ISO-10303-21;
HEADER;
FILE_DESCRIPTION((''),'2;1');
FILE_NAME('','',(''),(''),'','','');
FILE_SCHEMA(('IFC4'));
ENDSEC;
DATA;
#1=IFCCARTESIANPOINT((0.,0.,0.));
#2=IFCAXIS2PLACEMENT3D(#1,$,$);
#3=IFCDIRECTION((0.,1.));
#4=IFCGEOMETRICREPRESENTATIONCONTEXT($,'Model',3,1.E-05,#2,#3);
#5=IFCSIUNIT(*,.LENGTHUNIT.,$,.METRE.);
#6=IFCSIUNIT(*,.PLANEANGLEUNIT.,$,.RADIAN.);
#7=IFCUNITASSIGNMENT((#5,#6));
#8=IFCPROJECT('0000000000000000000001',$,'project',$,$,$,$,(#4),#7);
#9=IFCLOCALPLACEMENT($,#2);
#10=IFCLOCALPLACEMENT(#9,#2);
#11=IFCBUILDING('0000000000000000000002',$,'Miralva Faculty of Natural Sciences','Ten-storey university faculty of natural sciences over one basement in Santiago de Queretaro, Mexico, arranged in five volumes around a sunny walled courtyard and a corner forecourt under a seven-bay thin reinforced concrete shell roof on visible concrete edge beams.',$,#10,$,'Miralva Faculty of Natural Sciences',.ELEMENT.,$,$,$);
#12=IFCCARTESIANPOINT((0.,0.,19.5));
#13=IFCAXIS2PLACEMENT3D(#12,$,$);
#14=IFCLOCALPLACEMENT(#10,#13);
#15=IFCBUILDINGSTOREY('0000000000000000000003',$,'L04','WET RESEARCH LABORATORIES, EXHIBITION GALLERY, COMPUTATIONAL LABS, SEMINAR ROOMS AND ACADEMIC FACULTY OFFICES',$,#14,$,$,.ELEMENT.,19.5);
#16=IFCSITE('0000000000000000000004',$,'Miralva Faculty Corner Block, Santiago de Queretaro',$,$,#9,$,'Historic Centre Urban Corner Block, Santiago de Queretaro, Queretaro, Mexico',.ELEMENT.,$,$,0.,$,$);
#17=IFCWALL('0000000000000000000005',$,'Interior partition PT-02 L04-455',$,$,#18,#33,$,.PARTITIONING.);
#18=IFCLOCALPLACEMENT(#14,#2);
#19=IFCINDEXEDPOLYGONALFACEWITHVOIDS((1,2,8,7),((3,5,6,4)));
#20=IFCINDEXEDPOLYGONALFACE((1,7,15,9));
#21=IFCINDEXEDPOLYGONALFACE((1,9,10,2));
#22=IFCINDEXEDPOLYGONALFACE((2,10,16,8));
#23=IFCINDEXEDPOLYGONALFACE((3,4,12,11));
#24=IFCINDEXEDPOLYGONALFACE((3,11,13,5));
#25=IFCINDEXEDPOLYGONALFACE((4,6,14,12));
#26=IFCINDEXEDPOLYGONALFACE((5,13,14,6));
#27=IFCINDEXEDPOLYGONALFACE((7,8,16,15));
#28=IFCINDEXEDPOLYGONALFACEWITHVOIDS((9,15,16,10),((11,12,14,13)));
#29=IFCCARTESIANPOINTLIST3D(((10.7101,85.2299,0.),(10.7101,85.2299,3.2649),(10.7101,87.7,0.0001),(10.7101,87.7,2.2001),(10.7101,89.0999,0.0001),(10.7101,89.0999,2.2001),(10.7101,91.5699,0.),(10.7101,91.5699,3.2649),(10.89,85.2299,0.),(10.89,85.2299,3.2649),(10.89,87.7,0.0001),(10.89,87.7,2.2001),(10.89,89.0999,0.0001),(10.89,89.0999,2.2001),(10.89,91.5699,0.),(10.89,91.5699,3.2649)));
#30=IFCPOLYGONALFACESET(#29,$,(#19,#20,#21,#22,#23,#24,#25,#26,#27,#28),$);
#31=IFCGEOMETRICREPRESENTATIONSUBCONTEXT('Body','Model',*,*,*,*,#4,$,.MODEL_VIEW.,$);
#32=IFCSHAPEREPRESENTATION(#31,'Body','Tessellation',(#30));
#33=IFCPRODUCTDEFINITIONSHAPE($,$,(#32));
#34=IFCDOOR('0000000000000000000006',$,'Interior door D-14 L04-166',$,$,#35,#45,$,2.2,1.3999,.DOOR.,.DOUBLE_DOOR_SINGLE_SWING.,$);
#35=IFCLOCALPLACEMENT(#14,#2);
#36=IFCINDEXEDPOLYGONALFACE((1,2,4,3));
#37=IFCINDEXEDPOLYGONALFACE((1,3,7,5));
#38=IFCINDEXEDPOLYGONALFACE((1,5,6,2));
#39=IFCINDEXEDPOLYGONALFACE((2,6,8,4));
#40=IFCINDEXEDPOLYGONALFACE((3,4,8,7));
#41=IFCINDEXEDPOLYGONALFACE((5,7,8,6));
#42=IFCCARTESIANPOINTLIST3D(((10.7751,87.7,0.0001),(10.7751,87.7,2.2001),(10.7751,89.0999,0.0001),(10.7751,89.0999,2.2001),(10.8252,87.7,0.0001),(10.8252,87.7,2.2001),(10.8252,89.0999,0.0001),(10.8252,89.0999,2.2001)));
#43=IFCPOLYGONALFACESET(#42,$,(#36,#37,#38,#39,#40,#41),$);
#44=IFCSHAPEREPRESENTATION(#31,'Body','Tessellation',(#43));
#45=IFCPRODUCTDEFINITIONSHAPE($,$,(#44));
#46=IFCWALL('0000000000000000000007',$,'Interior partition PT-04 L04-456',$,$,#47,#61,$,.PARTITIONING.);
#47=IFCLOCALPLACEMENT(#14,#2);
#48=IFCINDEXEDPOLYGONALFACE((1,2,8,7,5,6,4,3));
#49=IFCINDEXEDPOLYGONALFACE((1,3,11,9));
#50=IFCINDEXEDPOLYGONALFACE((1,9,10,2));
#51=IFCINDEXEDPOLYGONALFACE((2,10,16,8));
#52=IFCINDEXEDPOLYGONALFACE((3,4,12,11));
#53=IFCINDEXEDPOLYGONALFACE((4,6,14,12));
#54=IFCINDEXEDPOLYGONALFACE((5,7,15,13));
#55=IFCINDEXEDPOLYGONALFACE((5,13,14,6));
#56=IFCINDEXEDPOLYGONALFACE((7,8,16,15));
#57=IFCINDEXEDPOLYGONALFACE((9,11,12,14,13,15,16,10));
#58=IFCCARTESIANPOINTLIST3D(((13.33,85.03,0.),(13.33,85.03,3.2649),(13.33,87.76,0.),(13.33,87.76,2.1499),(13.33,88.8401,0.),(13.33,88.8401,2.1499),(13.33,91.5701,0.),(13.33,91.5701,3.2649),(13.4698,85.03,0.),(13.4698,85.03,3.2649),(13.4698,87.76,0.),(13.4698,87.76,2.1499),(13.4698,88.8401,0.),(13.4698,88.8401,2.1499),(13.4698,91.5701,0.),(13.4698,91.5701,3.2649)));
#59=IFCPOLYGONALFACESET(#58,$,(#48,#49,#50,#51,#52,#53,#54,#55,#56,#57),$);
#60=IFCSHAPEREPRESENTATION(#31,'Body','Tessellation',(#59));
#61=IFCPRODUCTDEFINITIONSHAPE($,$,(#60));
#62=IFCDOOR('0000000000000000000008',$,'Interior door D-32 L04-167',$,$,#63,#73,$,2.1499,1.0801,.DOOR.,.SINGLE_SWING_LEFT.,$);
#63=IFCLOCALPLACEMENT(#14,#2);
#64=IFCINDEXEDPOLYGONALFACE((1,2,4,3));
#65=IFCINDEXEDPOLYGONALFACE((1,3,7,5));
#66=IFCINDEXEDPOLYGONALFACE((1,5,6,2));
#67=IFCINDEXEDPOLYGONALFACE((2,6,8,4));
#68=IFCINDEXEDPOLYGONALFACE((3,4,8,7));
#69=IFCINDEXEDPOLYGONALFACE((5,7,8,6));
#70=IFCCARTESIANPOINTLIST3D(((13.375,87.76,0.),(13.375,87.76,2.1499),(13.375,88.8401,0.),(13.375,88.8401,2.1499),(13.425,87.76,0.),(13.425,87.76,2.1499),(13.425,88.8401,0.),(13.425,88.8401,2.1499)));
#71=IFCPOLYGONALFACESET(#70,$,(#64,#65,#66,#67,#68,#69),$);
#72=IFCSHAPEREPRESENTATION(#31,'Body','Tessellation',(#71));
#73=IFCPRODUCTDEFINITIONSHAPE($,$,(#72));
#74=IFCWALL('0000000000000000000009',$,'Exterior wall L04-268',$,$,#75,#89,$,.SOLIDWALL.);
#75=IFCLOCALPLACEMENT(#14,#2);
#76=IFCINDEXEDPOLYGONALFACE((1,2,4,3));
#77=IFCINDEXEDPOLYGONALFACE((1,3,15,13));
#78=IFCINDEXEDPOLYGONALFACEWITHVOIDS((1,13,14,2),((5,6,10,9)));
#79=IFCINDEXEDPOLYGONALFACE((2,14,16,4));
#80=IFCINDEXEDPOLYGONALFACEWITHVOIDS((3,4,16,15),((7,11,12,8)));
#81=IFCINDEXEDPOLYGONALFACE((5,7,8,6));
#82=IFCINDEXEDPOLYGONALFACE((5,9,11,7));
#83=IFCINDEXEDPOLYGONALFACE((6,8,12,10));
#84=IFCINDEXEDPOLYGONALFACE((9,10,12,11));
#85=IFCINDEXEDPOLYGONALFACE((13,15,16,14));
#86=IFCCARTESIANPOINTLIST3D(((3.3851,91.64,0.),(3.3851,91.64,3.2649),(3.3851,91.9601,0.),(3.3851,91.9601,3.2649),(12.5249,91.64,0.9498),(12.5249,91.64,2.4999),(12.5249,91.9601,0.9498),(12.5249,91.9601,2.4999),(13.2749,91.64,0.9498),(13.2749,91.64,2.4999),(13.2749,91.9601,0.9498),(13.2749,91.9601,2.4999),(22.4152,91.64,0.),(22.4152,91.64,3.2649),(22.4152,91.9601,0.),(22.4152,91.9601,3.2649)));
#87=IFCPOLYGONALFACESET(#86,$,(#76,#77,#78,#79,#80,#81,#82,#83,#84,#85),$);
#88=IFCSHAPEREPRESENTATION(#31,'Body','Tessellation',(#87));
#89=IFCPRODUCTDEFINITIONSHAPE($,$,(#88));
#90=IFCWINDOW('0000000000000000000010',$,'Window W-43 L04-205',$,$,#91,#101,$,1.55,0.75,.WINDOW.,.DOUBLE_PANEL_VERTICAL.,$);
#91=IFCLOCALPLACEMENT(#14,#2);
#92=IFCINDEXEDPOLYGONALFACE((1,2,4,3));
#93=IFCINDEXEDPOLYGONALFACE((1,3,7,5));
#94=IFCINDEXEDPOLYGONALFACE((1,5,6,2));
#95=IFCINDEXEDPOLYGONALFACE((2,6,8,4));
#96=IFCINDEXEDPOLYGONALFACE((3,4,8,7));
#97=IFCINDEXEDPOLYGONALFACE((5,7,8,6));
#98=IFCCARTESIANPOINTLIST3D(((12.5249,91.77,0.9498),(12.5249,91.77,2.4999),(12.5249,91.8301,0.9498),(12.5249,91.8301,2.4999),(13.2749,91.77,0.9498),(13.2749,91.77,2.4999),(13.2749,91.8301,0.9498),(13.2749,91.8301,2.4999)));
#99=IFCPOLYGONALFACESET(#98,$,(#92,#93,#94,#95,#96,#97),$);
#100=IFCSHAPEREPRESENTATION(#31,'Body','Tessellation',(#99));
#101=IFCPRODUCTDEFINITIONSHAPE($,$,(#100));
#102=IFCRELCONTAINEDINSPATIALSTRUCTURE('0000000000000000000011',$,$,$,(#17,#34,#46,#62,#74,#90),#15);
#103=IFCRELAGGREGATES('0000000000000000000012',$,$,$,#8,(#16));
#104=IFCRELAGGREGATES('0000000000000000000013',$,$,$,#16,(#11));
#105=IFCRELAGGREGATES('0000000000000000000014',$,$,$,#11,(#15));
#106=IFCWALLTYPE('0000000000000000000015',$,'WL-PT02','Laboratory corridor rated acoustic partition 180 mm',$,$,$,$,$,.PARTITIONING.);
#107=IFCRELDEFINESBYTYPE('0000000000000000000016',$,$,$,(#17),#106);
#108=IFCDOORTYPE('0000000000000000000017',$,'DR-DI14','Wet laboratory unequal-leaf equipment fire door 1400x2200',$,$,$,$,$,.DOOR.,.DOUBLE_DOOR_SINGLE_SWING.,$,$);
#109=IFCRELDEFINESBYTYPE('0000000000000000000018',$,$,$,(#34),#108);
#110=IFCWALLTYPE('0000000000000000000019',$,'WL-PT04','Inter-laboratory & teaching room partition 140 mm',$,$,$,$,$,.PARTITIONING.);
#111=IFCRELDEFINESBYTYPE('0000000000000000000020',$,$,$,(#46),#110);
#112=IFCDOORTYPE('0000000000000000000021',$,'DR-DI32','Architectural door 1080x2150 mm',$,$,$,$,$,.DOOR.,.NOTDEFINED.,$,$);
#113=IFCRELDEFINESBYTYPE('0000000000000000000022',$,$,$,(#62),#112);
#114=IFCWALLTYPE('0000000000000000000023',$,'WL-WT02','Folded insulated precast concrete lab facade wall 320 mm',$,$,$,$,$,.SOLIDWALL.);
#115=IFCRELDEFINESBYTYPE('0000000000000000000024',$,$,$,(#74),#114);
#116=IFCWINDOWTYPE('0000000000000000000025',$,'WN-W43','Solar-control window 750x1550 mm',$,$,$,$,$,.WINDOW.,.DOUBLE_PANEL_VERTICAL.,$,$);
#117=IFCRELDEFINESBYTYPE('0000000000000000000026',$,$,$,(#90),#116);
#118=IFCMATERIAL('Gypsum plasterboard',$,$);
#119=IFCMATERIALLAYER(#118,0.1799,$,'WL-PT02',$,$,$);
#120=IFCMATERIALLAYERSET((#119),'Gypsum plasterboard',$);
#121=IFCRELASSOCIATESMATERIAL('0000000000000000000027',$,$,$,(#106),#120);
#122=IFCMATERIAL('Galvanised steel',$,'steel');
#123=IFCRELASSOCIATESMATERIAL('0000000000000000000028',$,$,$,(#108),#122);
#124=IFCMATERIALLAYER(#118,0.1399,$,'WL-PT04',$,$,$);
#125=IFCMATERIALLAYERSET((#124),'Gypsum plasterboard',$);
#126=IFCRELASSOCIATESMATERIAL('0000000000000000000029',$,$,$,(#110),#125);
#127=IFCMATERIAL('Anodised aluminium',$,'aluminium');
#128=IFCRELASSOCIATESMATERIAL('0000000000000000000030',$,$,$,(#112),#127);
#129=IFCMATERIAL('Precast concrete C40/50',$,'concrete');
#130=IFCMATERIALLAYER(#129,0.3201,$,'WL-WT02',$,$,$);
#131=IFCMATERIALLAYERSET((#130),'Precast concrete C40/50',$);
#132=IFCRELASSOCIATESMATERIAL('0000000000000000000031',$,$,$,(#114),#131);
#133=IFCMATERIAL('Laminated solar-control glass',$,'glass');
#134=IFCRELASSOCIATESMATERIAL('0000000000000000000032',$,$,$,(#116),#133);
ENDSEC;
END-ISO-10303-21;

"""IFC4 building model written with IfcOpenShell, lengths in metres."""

from ifc_helpers import new_model, si_unit, direction, frame, frame_2d, origin, place, context, subcontext, project, spatial, rectangle, extrude, material, layer, layer_set, type_object, element, fill, save


model = new_model("IFC4")

# Units and contexts
model_context = context("Model", 3, precision=1e-05, world=origin(), true_north=direction((0.0, 1.0)))
body_context = subcontext(model_context, "Body", "Model", "MODEL_VIEW")
ifc_project = project(units=[si_unit("LENGTHUNIT", "METRE"), si_unit("PLANEANGLEUNIT", "RADIAN")], contexts=[model_context])

# Site, building, storey
site_placement = place(None, origin())
site = spatial("IfcSite", under=ifc_project, at=site_placement, Name="Miralva Faculty Corner Block, Santiago de Queretaro", LongName="Historic Centre Urban Corner Block, Santiago de Queretaro, Queretaro, Mexico", CompositionType="ELEMENT", RefElevation=0.0)
building_placement = place(site_placement, origin())
building = spatial("IfcBuilding", under=site, at=building_placement, Name="Miralva Faculty of Natural Sciences", Description="Ten-storey university faculty of natural sciences over one basement in Santiago de Queretaro, Mexico, arranged in five volumes around a sunny walled courtyard and a corner forecourt under a seven-bay thin reinforced concrete shell roof on visible concrete edge beams.", LongName="Miralva Faculty of Natural Sciences", CompositionType="ELEMENT")
storey_placement = place(building_placement, frame((0.0, 0.0, 19.5)))
storey = spatial("IfcBuildingStorey", under=building, at=storey_placement, Name="L04", Description="WET RESEARCH LABORATORIES, EXHIBITION GALLERY, COMPUTATIONAL LABS, SEMINAR ROOMS AND ACADEMIC FACULTY OFFICES", CompositionType="ELEMENT", Elevation=19.5)

# Shared definitions
ifc_material_1 = material(Name="Precast concrete C40/50", Category="concrete")
ifc_material_2 = material(Name="Gypsum plasterboard")
ifc_layer_1 = layer(ifc_material_2, 0.1799, Name="WL-PT02")
ifc_layer_set_1 = layer_set([ifc_layer_1], Name="Gypsum plasterboard")
wall_type_1 = type_object("IfcWallType", Name="WL-PT02", Description="Laboratory corridor rated acoustic partition 180 mm", PredefinedType="PARTITIONING", material=ifc_layer_set_1)

# Walls, openings, doors
wall_1_placement = place(storey_placement, frame((10.8, 85.23, 0.0), z_axis=(0.0, 0.0, 1.0), x_axis=(0.0, 1.0, 0.0)))
wall_1 = element("IfcWall", 1, at=wall_1_placement, inside=storey, type_object=wall_type_1, Name="Interior partition PT-02 L04-455", PredefinedType="PARTITIONING", context=body_context, shape_type="SweptSolid", body=[
    extrude(rectangle(XDim=6.3401, YDim=0.1799, at=frame_2d((3.1699, 0.0))), origin(), (0.0, 0.0, 1.0), 3.2649),
])
opening_1_placement = place(wall_1_placement, frame((2.47, 0.0, 0.0)))
opening_1 = element("IfcOpeningElement", 2, at=opening_1_placement, cuts=wall_1, PredefinedType="OPENING", context=body_context, shape_type="SweptSolid", body=[
    extrude(rectangle(XDim=1.3999, YDim=2.2, at=frame_2d((0.7, 1.1001))), frame((0.0, 0.0999, 0.0), z_axis=(0.0, -1.0, 0.0), x_axis=(1.0, 0.0, 0.0)), (0.0, 0.0, 1.0), 0.2),
])
ifc_material_3 = material(Name="Galvanised steel", Category="steel")
door_type_1 = type_object("IfcDoorType", Name="DR-DI14", Description="Wet laboratory unequal-leaf equipment fire door 1400x2200", OperationType="DOUBLE_DOOR_SINGLE_SWING", PredefinedType="DOOR", material=ifc_material_3)
door_1_placement = place(opening_1_placement, origin())
door_1 = element("IfcDoor", 3, at=door_1_placement, inside=storey, type_object=door_type_1, Name="Interior door D-14 L04-166", OperationType="DOUBLE_DOOR_SINGLE_SWING", OverallHeight=2.2, OverallWidth=1.3999, PredefinedType="DOOR", context=body_context, shape_type="SweptSolid", body=[
    extrude(rectangle(XDim=1.3999, YDim=2.2, at=frame_2d((0.7, 1.1001))), frame((0.0, 0.0249, 0.0), z_axis=(0.0, -1.0, 0.0), x_axis=(1.0, 0.0, 0.0)), (0.0, 0.0, 1.0), 0.05),
])
fill(opening_1, door_1)
ifc_layer_2 = layer(ifc_material_2, 0.1399, Name="WL-PT04")
ifc_layer_set_2 = layer_set([ifc_layer_2], Name="Gypsum plasterboard")
wall_type_2 = type_object("IfcWallType", Name="WL-PT04", Description="Inter-laboratory & teaching room partition 140 mm", PredefinedType="PARTITIONING", material=ifc_layer_set_2)
wall_2_placement = place(storey_placement, frame((13.3999, 85.03, 0.0), z_axis=(0.0, 0.0, 1.0), x_axis=(0.0, 1.0, 0.0)))
wall_2 = element("IfcWall", 4, at=wall_2_placement, inside=storey, type_object=wall_type_2, Name="Interior partition PT-04 L04-456", PredefinedType="PARTITIONING", context=body_context, shape_type="SweptSolid", body=[
    extrude(rectangle(XDim=6.54, YDim=0.1399, at=frame_2d((3.27, 0.0))), origin(), (0.0, 0.0, 1.0), 3.2649),
])
opening_2_placement = place(wall_2_placement, frame((2.73, 0.0, 0.0)))
opening_2 = element("IfcOpeningElement", 5, at=opening_2_placement, cuts=wall_2, PredefinedType="OPENING", context=body_context, shape_type="SweptSolid", body=[
    extrude(rectangle(XDim=1.0801, YDim=2.1499, at=frame_2d((0.54, 1.075))), frame((0.0, 0.0798, 0.0), z_axis=(0.0, -1.0, 0.0), x_axis=(1.0, 0.0, 0.0)), (0.0, 0.0, 1.0), 0.1599),
])
ifc_material_4 = material(Name="Anodised aluminium", Category="aluminium")
door_type_2 = type_object("IfcDoorType", Name="DR-DI32", Description="Architectural door 1080x2150 mm", OperationType="NOTDEFINED", PredefinedType="DOOR", material=ifc_material_4)
door_2_placement = place(opening_2_placement, origin())
door_2 = element("IfcDoor", 6, at=door_2_placement, inside=storey, type_object=door_type_2, Name="Interior door D-32 L04-167", OperationType="SINGLE_SWING_LEFT", OverallHeight=2.1499, OverallWidth=1.0801, PredefinedType="DOOR", context=body_context, shape_type="SweptSolid", body=[
    extrude(rectangle(XDim=1.0801, YDim=2.1499, at=frame_2d((0.54, 1.075))), frame((0.0, 0.0249, 0.0), z_axis=(0.0, -1.0, 0.0), x_axis=(1.0, 0.0, 0.0)), (0.0, 0.0, 1.0), 0.05),
])
fill(opening_2, door_2)

# Wall, opening, window
ifc_layer_3 = layer(ifc_material_1, 0.3201, Name="WL-WT02")
ifc_layer_set_3 = layer_set([ifc_layer_3], Name="Precast concrete C40/50")
wall_type_3 = type_object("IfcWallType", Name="WL-WT02", Description="Folded insulated precast concrete lab facade wall 320 mm", PredefinedType="SOLIDWALL", material=ifc_layer_set_3)
wall_3_placement = place(storey_placement, frame((3.385, 91.8, 0.0), z_axis=(0.0, 0.0, 1.0), x_axis=(1.0, 0.0, 0.0)))
wall_3 = element("IfcWall", 7, at=wall_3_placement, inside=storey, type_object=wall_type_3, Name="Exterior wall L04-268", PredefinedType="SOLIDWALL", context=body_context, shape_type="SweptSolid", body=[
    extrude(rectangle(XDim=19.03, YDim=0.3201, at=frame_2d((9.5151, 0.0))), origin(), (0.0, 0.0, 1.0), 3.2649),
])
opening_3_placement = place(wall_3_placement, frame((9.1399, 0.0, 0.95)))
opening_3 = element("IfcOpeningElement", 8, at=opening_3_placement, cuts=wall_3, PredefinedType="OPENING", context=body_context, shape_type="SweptSolid", body=[
    extrude(rectangle(XDim=0.75, YDim=1.55, at=frame_2d((0.375, 0.7749))), frame((0.0, 0.1699, 0.0), z_axis=(0.0, -1.0, 0.0), x_axis=(1.0, 0.0, 0.0)), (0.0, 0.0, 1.0), 0.3401),
])
ifc_material_5 = material(Name="Laminated solar-control glass", Category="glass")
window_type = type_object("IfcWindowType", Name="WN-W43", Description="Solar-control window 750x1550 mm", PartitioningType="DOUBLE_PANEL_VERTICAL", PredefinedType="WINDOW", material=ifc_material_5)
window_placement = place(opening_3_placement, origin())
window = element("IfcWindow", 9, at=window_placement, inside=storey, type_object=window_type, Name="Window W-43 L04-205", OverallHeight=1.55, OverallWidth=0.75, PartitioningType="DOUBLE_PANEL_VERTICAL", PredefinedType="WINDOW", context=body_context, shape_type="SweptSolid", body=[
    extrude(rectangle(XDim=0.75, YDim=1.55, at=frame_2d((0.375, 0.7749))), frame((0.0, 0.03, 0.0), z_axis=(0.0, -1.0, 0.0), x_axis=(1.0, 0.0, 0.0)), (0.0, 0.0, 1.0), 0.0601),
])
fill(opening_3, window)

save(model, "model.ifc")
